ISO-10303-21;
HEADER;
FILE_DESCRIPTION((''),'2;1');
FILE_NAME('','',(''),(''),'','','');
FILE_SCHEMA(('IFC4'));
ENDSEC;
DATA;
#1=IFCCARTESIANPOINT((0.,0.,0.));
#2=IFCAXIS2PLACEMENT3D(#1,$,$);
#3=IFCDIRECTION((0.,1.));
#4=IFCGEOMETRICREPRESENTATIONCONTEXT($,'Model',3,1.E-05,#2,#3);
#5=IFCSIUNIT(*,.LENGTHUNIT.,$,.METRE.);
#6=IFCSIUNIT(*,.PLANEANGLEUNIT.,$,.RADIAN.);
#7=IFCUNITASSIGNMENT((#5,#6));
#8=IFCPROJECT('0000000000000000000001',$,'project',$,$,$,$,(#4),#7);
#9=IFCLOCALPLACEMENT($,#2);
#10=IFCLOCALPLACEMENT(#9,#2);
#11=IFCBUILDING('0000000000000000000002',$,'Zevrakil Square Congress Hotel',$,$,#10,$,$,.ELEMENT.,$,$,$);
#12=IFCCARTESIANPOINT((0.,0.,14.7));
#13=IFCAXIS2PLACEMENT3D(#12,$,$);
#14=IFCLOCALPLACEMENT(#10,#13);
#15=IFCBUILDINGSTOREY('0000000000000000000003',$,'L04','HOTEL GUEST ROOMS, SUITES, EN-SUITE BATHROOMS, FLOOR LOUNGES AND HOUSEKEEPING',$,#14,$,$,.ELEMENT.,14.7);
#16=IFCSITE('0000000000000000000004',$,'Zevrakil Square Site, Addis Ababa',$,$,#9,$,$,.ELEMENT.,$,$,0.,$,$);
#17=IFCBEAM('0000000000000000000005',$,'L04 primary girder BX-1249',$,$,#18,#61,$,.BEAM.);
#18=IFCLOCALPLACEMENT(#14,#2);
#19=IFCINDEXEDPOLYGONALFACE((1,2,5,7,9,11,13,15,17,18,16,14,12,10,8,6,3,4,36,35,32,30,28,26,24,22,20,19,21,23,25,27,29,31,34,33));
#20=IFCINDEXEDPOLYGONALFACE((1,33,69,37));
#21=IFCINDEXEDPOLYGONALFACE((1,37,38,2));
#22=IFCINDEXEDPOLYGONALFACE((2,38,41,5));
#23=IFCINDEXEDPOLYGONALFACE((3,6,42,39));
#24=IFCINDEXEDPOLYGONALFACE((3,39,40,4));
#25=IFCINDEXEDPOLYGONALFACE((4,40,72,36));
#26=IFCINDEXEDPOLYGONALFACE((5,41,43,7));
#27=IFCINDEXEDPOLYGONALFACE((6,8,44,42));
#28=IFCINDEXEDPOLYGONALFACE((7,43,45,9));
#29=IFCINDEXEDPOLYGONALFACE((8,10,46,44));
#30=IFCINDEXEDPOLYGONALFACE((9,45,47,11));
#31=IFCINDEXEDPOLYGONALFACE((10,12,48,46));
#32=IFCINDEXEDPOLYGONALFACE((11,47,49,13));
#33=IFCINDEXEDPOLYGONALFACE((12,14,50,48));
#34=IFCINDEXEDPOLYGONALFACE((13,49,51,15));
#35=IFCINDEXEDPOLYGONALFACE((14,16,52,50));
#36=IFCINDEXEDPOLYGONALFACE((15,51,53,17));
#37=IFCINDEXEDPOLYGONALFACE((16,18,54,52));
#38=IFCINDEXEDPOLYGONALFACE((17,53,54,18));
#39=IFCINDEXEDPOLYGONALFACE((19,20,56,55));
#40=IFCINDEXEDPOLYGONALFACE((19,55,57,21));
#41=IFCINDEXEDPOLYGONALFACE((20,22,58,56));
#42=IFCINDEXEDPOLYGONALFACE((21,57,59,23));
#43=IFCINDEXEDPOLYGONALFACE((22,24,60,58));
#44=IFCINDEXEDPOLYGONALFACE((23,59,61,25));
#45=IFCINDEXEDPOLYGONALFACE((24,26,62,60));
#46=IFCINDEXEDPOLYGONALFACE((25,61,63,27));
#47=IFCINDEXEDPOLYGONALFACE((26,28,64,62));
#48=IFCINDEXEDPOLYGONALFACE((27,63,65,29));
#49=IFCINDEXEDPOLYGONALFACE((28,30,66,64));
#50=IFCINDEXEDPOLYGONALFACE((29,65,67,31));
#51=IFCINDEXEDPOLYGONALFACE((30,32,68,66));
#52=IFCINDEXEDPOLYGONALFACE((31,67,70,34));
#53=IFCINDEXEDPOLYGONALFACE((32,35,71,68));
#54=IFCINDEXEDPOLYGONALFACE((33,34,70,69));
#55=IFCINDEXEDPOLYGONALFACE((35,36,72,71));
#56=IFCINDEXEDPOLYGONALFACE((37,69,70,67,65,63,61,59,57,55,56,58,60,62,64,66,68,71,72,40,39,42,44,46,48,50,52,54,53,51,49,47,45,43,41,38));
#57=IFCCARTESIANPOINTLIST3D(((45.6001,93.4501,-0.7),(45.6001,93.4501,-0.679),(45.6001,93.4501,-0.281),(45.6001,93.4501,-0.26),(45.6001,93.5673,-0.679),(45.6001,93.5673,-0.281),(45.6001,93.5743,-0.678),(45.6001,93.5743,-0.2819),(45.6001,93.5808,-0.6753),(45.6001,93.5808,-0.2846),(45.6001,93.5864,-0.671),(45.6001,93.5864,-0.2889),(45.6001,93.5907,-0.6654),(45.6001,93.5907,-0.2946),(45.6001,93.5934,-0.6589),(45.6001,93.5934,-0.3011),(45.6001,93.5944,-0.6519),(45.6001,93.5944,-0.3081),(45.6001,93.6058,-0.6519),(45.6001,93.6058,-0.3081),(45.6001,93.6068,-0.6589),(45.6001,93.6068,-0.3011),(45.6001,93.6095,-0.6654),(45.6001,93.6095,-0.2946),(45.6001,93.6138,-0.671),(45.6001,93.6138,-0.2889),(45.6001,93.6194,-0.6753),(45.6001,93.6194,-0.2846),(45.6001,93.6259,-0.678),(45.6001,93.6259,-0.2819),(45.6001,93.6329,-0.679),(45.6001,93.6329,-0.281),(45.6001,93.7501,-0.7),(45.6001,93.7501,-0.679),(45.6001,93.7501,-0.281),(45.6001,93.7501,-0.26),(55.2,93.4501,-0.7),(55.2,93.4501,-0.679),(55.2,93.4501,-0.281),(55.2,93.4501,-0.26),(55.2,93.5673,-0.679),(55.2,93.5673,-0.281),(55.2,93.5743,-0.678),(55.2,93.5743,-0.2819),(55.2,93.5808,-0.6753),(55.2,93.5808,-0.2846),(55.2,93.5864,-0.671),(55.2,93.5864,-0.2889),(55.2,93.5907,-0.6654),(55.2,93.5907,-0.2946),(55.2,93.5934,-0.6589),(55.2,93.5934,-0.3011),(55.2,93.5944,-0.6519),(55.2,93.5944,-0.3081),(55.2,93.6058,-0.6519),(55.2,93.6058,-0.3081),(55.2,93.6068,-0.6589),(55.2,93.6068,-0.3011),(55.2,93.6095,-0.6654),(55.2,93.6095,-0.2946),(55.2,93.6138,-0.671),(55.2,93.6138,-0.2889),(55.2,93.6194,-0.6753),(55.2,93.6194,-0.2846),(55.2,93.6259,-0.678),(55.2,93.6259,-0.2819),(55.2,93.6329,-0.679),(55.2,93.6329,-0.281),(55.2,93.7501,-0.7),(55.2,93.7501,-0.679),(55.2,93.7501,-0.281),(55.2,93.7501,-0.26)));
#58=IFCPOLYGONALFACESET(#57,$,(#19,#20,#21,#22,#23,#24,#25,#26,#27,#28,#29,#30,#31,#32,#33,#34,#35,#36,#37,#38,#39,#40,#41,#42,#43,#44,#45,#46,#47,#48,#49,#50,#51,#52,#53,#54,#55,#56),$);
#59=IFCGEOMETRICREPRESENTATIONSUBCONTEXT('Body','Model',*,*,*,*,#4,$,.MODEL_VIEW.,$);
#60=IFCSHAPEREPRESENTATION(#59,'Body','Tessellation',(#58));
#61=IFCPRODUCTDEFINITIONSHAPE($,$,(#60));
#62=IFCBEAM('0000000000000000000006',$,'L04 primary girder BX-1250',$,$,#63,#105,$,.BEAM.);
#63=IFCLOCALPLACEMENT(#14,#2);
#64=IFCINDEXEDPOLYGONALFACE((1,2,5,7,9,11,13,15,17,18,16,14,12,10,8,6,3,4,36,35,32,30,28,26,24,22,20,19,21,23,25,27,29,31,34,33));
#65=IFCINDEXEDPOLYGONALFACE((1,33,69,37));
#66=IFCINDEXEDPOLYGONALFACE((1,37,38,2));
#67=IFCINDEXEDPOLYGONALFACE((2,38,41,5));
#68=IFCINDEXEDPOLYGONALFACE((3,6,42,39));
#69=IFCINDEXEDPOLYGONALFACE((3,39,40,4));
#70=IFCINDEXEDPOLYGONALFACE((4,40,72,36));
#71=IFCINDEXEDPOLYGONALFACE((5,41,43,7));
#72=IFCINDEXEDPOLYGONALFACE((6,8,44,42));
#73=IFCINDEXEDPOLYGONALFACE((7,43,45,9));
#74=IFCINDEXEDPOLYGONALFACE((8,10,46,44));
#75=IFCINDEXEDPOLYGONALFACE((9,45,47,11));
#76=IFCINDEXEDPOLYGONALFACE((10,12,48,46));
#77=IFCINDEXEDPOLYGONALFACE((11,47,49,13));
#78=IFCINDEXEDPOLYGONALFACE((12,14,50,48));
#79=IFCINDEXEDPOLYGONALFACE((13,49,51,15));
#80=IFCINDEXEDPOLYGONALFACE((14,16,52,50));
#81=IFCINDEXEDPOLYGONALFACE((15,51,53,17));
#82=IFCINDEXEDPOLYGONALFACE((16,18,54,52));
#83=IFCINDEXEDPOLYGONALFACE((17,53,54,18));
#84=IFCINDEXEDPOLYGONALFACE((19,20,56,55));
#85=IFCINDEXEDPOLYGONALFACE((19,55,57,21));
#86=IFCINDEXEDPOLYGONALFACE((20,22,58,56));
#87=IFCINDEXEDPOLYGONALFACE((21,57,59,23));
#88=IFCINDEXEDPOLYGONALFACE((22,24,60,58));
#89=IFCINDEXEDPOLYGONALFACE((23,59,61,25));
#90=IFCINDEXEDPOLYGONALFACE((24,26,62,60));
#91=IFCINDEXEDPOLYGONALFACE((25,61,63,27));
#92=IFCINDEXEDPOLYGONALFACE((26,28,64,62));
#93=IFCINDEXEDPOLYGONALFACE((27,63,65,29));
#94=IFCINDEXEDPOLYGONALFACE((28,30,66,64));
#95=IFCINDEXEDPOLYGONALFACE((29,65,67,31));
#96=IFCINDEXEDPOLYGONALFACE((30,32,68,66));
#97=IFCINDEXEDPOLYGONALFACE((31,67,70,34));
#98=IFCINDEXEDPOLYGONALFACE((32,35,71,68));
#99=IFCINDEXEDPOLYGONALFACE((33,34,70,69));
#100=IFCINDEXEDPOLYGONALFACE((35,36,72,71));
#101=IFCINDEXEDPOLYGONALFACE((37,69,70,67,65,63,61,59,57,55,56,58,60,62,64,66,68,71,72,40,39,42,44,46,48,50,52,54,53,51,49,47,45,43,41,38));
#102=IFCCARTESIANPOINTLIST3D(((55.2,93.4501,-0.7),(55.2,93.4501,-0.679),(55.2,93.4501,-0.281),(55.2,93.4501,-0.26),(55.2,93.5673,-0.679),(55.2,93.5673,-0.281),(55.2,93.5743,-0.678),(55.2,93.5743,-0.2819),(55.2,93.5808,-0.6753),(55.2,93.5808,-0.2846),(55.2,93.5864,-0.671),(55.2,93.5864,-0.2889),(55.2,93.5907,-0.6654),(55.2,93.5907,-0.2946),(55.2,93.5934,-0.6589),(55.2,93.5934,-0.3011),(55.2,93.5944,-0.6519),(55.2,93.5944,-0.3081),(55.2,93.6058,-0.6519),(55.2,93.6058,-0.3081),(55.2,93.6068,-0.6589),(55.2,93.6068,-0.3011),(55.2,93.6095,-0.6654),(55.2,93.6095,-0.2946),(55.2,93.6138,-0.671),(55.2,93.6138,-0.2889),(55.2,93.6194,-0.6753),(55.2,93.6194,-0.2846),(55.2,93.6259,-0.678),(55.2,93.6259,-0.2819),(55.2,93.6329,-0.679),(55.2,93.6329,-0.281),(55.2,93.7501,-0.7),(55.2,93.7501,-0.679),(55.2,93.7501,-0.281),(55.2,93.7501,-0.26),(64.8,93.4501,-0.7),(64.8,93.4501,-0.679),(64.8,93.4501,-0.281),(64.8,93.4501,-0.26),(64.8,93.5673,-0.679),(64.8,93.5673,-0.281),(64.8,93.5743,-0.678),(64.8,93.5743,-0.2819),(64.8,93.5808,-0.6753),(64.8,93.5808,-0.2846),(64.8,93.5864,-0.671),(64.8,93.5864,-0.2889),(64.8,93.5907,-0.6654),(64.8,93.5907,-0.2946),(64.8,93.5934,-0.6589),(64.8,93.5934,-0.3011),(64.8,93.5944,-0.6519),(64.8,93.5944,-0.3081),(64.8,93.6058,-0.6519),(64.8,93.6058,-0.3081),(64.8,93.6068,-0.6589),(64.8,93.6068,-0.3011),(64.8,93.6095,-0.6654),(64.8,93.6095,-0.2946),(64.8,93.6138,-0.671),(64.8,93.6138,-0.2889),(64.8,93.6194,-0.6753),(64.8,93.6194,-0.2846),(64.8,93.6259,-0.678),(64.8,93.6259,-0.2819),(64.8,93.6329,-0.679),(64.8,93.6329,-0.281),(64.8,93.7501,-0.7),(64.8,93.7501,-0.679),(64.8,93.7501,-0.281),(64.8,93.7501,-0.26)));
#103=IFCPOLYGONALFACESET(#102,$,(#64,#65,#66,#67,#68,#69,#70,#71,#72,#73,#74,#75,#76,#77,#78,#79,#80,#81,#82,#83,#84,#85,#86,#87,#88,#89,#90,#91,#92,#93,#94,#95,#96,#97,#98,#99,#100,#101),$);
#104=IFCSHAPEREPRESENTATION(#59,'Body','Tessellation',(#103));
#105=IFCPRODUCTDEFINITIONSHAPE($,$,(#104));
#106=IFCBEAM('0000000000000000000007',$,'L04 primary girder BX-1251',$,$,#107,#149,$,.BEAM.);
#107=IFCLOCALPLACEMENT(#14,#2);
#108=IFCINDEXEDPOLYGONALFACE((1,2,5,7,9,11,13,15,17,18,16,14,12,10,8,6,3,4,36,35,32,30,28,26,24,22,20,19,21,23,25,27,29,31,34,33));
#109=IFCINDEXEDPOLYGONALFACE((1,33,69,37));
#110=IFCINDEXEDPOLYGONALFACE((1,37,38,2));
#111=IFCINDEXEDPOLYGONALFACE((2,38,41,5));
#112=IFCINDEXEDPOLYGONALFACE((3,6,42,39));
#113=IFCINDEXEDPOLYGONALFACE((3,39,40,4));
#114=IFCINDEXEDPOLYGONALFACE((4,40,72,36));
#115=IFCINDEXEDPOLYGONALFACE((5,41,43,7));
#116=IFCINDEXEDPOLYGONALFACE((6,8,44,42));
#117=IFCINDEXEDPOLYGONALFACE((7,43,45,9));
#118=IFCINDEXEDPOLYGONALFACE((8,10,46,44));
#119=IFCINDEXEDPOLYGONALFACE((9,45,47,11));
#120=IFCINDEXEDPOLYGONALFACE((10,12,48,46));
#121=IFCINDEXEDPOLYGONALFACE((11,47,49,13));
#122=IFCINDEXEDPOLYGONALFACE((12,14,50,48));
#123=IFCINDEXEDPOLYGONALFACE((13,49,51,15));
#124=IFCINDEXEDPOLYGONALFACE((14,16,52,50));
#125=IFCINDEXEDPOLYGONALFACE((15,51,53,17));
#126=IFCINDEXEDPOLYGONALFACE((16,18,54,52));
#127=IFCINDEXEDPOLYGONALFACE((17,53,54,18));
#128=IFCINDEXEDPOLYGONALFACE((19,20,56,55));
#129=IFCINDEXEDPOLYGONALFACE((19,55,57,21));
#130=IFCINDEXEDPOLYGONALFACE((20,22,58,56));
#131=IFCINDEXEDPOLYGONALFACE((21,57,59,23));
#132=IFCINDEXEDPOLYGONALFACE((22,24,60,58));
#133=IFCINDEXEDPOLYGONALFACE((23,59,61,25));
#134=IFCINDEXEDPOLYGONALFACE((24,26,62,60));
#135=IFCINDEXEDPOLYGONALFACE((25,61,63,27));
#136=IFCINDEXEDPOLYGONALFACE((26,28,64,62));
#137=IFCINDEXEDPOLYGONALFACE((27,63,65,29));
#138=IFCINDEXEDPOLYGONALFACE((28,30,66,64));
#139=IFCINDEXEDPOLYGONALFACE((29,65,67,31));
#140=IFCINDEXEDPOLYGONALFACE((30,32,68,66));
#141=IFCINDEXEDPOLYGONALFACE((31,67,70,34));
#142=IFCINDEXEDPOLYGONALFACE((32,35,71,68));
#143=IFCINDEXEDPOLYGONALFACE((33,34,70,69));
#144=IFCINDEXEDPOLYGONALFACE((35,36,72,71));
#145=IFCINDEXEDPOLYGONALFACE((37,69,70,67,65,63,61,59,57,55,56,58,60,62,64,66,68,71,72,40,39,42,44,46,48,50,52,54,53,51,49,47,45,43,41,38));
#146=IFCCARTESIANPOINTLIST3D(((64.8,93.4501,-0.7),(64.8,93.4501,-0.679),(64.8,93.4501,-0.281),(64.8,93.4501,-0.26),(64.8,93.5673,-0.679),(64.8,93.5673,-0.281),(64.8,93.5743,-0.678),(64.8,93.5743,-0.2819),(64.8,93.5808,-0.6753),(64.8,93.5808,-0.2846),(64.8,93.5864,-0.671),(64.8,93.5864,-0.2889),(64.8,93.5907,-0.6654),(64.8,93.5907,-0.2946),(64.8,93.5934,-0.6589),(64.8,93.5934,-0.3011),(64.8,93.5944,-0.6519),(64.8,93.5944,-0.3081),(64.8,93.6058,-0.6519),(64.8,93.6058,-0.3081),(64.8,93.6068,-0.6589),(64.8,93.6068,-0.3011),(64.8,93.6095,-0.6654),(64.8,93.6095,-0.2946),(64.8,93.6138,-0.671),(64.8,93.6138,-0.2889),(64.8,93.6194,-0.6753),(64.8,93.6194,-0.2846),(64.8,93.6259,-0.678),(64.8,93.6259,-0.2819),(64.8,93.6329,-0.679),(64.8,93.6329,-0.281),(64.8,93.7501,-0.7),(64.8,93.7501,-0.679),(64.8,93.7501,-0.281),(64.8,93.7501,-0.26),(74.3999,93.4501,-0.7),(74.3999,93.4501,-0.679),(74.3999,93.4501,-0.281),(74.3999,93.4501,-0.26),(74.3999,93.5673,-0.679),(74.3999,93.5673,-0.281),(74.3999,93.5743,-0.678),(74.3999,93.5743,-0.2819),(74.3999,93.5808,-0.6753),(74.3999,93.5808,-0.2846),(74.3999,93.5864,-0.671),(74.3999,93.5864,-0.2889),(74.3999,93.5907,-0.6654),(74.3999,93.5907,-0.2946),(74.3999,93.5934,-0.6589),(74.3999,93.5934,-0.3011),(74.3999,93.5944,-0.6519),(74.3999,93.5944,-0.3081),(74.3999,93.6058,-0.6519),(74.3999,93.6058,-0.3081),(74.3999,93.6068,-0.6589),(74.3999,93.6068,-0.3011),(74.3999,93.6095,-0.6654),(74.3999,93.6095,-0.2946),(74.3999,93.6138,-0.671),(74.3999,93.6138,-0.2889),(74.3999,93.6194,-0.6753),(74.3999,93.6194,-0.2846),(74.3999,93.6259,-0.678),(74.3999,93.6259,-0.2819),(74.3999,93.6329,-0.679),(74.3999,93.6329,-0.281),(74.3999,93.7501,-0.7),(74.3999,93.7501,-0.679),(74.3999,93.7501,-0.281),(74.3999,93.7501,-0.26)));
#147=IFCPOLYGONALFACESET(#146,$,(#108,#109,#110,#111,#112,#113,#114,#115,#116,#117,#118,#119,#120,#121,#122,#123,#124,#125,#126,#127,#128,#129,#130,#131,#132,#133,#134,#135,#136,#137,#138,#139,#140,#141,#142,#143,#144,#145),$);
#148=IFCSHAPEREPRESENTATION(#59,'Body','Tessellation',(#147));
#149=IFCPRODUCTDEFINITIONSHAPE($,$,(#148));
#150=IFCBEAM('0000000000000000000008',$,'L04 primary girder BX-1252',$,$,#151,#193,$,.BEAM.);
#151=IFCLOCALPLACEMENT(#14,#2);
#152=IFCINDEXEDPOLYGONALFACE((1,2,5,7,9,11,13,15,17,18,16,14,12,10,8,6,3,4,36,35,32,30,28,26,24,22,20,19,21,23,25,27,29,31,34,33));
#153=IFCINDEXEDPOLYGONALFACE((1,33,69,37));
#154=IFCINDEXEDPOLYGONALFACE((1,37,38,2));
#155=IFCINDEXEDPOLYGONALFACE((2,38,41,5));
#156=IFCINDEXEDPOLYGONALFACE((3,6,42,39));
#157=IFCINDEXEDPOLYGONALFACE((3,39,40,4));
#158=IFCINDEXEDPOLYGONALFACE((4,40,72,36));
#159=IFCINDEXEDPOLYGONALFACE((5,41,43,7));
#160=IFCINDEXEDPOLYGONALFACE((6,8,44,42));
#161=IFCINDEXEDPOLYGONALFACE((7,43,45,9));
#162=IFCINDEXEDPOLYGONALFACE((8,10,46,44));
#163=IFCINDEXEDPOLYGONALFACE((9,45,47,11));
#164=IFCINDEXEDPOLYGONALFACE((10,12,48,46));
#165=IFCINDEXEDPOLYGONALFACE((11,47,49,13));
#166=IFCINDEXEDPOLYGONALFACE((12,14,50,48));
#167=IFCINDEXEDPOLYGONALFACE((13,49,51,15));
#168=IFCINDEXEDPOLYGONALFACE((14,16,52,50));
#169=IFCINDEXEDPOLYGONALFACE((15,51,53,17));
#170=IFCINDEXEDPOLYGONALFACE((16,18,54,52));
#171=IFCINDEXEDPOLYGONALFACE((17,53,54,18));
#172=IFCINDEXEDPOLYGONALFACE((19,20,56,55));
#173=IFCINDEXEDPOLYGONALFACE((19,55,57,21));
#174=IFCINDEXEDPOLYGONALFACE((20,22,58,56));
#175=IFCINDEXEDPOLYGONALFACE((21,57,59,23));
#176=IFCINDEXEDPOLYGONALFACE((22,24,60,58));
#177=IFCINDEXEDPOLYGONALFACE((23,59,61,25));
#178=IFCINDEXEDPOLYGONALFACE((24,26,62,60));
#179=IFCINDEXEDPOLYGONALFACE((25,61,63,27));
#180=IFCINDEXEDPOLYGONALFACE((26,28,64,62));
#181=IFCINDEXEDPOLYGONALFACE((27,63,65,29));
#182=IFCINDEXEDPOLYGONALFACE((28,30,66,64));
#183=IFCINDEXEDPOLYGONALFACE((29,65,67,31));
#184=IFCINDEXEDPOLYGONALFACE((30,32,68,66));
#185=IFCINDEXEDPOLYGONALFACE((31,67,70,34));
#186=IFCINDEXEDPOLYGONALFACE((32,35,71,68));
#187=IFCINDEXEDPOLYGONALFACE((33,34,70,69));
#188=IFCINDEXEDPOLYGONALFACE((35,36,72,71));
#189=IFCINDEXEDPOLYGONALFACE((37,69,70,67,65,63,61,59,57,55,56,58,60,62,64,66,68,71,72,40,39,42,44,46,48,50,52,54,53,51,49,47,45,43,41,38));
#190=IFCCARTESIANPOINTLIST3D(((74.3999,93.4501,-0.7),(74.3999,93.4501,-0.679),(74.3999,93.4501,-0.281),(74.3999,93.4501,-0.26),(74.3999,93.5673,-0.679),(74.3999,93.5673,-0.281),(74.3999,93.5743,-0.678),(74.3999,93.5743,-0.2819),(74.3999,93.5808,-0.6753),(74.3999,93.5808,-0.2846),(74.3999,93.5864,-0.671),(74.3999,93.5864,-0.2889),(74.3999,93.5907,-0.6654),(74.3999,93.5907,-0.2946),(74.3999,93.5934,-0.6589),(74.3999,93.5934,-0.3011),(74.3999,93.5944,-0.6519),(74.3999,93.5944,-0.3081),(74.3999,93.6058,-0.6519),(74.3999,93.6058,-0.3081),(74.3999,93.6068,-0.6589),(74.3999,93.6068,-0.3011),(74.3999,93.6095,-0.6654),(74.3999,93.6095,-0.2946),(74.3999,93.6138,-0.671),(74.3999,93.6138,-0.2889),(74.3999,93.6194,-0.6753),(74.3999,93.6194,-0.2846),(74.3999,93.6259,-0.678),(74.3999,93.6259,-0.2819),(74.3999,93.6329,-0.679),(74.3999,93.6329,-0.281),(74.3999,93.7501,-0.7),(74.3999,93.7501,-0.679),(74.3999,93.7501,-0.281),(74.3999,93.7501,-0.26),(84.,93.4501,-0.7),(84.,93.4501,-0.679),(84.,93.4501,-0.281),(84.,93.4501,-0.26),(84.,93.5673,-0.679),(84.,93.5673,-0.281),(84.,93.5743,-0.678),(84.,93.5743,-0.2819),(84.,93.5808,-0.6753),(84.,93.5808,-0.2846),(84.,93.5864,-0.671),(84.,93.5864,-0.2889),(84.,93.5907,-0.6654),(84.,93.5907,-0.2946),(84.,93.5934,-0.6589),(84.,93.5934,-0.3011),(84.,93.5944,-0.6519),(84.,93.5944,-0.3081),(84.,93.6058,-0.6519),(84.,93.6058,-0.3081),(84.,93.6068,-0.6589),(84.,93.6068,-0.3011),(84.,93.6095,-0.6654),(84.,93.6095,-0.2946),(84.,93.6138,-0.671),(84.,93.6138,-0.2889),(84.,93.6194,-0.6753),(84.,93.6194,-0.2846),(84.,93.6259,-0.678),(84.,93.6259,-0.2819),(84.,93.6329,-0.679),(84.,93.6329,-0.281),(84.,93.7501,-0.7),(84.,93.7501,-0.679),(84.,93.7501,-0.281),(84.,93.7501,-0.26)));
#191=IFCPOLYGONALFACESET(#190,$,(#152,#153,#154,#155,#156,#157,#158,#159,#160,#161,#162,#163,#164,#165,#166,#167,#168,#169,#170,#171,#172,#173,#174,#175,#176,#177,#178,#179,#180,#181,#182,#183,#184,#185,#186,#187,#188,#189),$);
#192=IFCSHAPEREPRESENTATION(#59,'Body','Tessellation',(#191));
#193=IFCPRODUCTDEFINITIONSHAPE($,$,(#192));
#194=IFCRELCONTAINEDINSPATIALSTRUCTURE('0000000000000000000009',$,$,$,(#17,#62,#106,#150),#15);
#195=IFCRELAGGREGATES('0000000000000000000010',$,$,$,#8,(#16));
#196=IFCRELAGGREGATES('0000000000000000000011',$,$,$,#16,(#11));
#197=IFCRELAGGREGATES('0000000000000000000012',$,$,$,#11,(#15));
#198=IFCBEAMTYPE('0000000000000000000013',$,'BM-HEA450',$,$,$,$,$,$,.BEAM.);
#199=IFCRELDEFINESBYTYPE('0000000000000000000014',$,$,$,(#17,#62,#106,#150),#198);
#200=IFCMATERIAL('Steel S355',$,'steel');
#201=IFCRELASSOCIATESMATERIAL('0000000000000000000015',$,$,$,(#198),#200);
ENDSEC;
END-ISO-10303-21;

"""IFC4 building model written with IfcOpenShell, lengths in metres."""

from ifc_helpers import new_model, si_unit, direction, frame, origin, origin_2d, place, context, subcontext, project, spatial, i_section, extrude, material, material_profile, profile_set, type_object, element, save


model = new_model("IFC4")

# Units and contexts
model_context = context("Model", 3, precision=1e-05, world=origin(), true_north=direction((0.0, 1.0)))
body_context = subcontext(model_context, "Body", "Model", "MODEL_VIEW")
ifc_project = project(units=[si_unit("LENGTHUNIT", "METRE"), si_unit("PLANEANGLEUNIT", "RADIAN")], contexts=[model_context])

# Site, building, storey
site_placement = place(None, origin())
site = spatial("IfcSite", under=ifc_project, at=site_placement, Name="Zevrakil Square Site, Addis Ababa", CompositionType="ELEMENT", RefElevation=0.0)
building_placement = place(site_placement, origin())
building = spatial("IfcBuilding", under=site, at=building_placement, Name="Zevrakil Square Congress Hotel", CompositionType="ELEMENT")
storey_placement = place(building_placement, frame((0.0, 0.0, 14.7)))
storey = spatial("IfcBuildingStorey", under=building, at=storey_placement, Name="L04", Description="HOTEL GUEST ROOMS, SUITES, EN-SUITE BATHROOMS, FLOOR LOUNGES AND HOUSEKEEPING", CompositionType="ELEMENT", Elevation=14.7)

# Beams
ifc_material_1 = material(Name="Steel S355", Category="steel")
ifc_material_profile_1 = material_profile(ifc_material_1, i_section(OverallWidth=0.3, OverallDepth=0.4399, WebThickness=0.0115, FlangeThickness=0.021, FilletRadius=0.0271, at=origin_2d()), Name="HEA 450")
ifc_profile_set_1 = profile_set([ifc_material_profile_1], Name="Steel S355")
beam_type_1 = type_object("IfcBeamType", Name="BM-HEA450", PredefinedType="BEAM", material=ifc_profile_set_1)
beam_1_placement = place(storey_placement, frame((45.6001, 93.6001, -0.48), z_axis=(1.0, 0.0, 0.0), x_axis=(0.0, 1.0, 0.0)))
element("IfcBeam", 1, at=beam_1_placement, inside=storey, type_object=beam_type_1, Name="L04 primary girder BX-1249", PredefinedType="BEAM", context=body_context, shape_type="SweptSolid", body=[
    extrude(i_section(OverallWidth=0.3, OverallDepth=0.4399, WebThickness=0.0115, FlangeThickness=0.021, FilletRadius=0.0271, at=origin_2d()), origin(), (0.0, 0.0, 1.0), 9.5999),
])
beam_2_placement = place(storey_placement, frame((55.2, 93.6001, -0.48), z_axis=(1.0, 0.0, 0.0), x_axis=(0.0, 1.0, 0.0)))
element("IfcBeam", 2, at=beam_2_placement, inside=storey, type_object=beam_type_1, Name="L04 primary girder BX-1250", PredefinedType="BEAM", context=body_context, shape_type="SweptSolid", body=[
    extrude(i_section(OverallWidth=0.3, OverallDepth=0.4399, WebThickness=0.0115, FlangeThickness=0.021, FilletRadius=0.0271, at=origin_2d()), origin(), (0.0, 0.0, 1.0), 9.6001),
])
beam_3_placement = place(storey_placement, frame((64.8, 93.6001, -0.48), z_axis=(1.0, 0.0, 0.0), x_axis=(0.0, 1.0, 0.0)))
element("IfcBeam", 3, at=beam_3_placement, inside=storey, type_object=beam_type_1, Name="L04 primary girder BX-1251", PredefinedType="BEAM", context=body_context, shape_type="SweptSolid", body=[
    extrude(i_section(OverallWidth=0.3, OverallDepth=0.4399, WebThickness=0.0115, FlangeThickness=0.021, FilletRadius=0.0271, at=origin_2d()), origin(), (0.0, 0.0, 1.0), 9.5999),
])
beam_4_placement = place(storey_placement, frame((74.3999, 93.6001, -0.48), z_axis=(1.0, 0.0, 0.0), x_axis=(0.0, 1.0, 0.0)))
element("IfcBeam", 4, at=beam_4_placement, inside=storey, type_object=beam_type_1, Name="L04 primary girder BX-1252", PredefinedType="BEAM", context=body_context, shape_type="SweptSolid", body=[
    extrude(i_section(OverallWidth=0.3, OverallDepth=0.4399, WebThickness=0.0115, FlangeThickness=0.021, FilletRadius=0.0271, at=origin_2d()), origin(), (0.0, 0.0, 1.0), 9.6001),
])

save(model, "model.ifc")
